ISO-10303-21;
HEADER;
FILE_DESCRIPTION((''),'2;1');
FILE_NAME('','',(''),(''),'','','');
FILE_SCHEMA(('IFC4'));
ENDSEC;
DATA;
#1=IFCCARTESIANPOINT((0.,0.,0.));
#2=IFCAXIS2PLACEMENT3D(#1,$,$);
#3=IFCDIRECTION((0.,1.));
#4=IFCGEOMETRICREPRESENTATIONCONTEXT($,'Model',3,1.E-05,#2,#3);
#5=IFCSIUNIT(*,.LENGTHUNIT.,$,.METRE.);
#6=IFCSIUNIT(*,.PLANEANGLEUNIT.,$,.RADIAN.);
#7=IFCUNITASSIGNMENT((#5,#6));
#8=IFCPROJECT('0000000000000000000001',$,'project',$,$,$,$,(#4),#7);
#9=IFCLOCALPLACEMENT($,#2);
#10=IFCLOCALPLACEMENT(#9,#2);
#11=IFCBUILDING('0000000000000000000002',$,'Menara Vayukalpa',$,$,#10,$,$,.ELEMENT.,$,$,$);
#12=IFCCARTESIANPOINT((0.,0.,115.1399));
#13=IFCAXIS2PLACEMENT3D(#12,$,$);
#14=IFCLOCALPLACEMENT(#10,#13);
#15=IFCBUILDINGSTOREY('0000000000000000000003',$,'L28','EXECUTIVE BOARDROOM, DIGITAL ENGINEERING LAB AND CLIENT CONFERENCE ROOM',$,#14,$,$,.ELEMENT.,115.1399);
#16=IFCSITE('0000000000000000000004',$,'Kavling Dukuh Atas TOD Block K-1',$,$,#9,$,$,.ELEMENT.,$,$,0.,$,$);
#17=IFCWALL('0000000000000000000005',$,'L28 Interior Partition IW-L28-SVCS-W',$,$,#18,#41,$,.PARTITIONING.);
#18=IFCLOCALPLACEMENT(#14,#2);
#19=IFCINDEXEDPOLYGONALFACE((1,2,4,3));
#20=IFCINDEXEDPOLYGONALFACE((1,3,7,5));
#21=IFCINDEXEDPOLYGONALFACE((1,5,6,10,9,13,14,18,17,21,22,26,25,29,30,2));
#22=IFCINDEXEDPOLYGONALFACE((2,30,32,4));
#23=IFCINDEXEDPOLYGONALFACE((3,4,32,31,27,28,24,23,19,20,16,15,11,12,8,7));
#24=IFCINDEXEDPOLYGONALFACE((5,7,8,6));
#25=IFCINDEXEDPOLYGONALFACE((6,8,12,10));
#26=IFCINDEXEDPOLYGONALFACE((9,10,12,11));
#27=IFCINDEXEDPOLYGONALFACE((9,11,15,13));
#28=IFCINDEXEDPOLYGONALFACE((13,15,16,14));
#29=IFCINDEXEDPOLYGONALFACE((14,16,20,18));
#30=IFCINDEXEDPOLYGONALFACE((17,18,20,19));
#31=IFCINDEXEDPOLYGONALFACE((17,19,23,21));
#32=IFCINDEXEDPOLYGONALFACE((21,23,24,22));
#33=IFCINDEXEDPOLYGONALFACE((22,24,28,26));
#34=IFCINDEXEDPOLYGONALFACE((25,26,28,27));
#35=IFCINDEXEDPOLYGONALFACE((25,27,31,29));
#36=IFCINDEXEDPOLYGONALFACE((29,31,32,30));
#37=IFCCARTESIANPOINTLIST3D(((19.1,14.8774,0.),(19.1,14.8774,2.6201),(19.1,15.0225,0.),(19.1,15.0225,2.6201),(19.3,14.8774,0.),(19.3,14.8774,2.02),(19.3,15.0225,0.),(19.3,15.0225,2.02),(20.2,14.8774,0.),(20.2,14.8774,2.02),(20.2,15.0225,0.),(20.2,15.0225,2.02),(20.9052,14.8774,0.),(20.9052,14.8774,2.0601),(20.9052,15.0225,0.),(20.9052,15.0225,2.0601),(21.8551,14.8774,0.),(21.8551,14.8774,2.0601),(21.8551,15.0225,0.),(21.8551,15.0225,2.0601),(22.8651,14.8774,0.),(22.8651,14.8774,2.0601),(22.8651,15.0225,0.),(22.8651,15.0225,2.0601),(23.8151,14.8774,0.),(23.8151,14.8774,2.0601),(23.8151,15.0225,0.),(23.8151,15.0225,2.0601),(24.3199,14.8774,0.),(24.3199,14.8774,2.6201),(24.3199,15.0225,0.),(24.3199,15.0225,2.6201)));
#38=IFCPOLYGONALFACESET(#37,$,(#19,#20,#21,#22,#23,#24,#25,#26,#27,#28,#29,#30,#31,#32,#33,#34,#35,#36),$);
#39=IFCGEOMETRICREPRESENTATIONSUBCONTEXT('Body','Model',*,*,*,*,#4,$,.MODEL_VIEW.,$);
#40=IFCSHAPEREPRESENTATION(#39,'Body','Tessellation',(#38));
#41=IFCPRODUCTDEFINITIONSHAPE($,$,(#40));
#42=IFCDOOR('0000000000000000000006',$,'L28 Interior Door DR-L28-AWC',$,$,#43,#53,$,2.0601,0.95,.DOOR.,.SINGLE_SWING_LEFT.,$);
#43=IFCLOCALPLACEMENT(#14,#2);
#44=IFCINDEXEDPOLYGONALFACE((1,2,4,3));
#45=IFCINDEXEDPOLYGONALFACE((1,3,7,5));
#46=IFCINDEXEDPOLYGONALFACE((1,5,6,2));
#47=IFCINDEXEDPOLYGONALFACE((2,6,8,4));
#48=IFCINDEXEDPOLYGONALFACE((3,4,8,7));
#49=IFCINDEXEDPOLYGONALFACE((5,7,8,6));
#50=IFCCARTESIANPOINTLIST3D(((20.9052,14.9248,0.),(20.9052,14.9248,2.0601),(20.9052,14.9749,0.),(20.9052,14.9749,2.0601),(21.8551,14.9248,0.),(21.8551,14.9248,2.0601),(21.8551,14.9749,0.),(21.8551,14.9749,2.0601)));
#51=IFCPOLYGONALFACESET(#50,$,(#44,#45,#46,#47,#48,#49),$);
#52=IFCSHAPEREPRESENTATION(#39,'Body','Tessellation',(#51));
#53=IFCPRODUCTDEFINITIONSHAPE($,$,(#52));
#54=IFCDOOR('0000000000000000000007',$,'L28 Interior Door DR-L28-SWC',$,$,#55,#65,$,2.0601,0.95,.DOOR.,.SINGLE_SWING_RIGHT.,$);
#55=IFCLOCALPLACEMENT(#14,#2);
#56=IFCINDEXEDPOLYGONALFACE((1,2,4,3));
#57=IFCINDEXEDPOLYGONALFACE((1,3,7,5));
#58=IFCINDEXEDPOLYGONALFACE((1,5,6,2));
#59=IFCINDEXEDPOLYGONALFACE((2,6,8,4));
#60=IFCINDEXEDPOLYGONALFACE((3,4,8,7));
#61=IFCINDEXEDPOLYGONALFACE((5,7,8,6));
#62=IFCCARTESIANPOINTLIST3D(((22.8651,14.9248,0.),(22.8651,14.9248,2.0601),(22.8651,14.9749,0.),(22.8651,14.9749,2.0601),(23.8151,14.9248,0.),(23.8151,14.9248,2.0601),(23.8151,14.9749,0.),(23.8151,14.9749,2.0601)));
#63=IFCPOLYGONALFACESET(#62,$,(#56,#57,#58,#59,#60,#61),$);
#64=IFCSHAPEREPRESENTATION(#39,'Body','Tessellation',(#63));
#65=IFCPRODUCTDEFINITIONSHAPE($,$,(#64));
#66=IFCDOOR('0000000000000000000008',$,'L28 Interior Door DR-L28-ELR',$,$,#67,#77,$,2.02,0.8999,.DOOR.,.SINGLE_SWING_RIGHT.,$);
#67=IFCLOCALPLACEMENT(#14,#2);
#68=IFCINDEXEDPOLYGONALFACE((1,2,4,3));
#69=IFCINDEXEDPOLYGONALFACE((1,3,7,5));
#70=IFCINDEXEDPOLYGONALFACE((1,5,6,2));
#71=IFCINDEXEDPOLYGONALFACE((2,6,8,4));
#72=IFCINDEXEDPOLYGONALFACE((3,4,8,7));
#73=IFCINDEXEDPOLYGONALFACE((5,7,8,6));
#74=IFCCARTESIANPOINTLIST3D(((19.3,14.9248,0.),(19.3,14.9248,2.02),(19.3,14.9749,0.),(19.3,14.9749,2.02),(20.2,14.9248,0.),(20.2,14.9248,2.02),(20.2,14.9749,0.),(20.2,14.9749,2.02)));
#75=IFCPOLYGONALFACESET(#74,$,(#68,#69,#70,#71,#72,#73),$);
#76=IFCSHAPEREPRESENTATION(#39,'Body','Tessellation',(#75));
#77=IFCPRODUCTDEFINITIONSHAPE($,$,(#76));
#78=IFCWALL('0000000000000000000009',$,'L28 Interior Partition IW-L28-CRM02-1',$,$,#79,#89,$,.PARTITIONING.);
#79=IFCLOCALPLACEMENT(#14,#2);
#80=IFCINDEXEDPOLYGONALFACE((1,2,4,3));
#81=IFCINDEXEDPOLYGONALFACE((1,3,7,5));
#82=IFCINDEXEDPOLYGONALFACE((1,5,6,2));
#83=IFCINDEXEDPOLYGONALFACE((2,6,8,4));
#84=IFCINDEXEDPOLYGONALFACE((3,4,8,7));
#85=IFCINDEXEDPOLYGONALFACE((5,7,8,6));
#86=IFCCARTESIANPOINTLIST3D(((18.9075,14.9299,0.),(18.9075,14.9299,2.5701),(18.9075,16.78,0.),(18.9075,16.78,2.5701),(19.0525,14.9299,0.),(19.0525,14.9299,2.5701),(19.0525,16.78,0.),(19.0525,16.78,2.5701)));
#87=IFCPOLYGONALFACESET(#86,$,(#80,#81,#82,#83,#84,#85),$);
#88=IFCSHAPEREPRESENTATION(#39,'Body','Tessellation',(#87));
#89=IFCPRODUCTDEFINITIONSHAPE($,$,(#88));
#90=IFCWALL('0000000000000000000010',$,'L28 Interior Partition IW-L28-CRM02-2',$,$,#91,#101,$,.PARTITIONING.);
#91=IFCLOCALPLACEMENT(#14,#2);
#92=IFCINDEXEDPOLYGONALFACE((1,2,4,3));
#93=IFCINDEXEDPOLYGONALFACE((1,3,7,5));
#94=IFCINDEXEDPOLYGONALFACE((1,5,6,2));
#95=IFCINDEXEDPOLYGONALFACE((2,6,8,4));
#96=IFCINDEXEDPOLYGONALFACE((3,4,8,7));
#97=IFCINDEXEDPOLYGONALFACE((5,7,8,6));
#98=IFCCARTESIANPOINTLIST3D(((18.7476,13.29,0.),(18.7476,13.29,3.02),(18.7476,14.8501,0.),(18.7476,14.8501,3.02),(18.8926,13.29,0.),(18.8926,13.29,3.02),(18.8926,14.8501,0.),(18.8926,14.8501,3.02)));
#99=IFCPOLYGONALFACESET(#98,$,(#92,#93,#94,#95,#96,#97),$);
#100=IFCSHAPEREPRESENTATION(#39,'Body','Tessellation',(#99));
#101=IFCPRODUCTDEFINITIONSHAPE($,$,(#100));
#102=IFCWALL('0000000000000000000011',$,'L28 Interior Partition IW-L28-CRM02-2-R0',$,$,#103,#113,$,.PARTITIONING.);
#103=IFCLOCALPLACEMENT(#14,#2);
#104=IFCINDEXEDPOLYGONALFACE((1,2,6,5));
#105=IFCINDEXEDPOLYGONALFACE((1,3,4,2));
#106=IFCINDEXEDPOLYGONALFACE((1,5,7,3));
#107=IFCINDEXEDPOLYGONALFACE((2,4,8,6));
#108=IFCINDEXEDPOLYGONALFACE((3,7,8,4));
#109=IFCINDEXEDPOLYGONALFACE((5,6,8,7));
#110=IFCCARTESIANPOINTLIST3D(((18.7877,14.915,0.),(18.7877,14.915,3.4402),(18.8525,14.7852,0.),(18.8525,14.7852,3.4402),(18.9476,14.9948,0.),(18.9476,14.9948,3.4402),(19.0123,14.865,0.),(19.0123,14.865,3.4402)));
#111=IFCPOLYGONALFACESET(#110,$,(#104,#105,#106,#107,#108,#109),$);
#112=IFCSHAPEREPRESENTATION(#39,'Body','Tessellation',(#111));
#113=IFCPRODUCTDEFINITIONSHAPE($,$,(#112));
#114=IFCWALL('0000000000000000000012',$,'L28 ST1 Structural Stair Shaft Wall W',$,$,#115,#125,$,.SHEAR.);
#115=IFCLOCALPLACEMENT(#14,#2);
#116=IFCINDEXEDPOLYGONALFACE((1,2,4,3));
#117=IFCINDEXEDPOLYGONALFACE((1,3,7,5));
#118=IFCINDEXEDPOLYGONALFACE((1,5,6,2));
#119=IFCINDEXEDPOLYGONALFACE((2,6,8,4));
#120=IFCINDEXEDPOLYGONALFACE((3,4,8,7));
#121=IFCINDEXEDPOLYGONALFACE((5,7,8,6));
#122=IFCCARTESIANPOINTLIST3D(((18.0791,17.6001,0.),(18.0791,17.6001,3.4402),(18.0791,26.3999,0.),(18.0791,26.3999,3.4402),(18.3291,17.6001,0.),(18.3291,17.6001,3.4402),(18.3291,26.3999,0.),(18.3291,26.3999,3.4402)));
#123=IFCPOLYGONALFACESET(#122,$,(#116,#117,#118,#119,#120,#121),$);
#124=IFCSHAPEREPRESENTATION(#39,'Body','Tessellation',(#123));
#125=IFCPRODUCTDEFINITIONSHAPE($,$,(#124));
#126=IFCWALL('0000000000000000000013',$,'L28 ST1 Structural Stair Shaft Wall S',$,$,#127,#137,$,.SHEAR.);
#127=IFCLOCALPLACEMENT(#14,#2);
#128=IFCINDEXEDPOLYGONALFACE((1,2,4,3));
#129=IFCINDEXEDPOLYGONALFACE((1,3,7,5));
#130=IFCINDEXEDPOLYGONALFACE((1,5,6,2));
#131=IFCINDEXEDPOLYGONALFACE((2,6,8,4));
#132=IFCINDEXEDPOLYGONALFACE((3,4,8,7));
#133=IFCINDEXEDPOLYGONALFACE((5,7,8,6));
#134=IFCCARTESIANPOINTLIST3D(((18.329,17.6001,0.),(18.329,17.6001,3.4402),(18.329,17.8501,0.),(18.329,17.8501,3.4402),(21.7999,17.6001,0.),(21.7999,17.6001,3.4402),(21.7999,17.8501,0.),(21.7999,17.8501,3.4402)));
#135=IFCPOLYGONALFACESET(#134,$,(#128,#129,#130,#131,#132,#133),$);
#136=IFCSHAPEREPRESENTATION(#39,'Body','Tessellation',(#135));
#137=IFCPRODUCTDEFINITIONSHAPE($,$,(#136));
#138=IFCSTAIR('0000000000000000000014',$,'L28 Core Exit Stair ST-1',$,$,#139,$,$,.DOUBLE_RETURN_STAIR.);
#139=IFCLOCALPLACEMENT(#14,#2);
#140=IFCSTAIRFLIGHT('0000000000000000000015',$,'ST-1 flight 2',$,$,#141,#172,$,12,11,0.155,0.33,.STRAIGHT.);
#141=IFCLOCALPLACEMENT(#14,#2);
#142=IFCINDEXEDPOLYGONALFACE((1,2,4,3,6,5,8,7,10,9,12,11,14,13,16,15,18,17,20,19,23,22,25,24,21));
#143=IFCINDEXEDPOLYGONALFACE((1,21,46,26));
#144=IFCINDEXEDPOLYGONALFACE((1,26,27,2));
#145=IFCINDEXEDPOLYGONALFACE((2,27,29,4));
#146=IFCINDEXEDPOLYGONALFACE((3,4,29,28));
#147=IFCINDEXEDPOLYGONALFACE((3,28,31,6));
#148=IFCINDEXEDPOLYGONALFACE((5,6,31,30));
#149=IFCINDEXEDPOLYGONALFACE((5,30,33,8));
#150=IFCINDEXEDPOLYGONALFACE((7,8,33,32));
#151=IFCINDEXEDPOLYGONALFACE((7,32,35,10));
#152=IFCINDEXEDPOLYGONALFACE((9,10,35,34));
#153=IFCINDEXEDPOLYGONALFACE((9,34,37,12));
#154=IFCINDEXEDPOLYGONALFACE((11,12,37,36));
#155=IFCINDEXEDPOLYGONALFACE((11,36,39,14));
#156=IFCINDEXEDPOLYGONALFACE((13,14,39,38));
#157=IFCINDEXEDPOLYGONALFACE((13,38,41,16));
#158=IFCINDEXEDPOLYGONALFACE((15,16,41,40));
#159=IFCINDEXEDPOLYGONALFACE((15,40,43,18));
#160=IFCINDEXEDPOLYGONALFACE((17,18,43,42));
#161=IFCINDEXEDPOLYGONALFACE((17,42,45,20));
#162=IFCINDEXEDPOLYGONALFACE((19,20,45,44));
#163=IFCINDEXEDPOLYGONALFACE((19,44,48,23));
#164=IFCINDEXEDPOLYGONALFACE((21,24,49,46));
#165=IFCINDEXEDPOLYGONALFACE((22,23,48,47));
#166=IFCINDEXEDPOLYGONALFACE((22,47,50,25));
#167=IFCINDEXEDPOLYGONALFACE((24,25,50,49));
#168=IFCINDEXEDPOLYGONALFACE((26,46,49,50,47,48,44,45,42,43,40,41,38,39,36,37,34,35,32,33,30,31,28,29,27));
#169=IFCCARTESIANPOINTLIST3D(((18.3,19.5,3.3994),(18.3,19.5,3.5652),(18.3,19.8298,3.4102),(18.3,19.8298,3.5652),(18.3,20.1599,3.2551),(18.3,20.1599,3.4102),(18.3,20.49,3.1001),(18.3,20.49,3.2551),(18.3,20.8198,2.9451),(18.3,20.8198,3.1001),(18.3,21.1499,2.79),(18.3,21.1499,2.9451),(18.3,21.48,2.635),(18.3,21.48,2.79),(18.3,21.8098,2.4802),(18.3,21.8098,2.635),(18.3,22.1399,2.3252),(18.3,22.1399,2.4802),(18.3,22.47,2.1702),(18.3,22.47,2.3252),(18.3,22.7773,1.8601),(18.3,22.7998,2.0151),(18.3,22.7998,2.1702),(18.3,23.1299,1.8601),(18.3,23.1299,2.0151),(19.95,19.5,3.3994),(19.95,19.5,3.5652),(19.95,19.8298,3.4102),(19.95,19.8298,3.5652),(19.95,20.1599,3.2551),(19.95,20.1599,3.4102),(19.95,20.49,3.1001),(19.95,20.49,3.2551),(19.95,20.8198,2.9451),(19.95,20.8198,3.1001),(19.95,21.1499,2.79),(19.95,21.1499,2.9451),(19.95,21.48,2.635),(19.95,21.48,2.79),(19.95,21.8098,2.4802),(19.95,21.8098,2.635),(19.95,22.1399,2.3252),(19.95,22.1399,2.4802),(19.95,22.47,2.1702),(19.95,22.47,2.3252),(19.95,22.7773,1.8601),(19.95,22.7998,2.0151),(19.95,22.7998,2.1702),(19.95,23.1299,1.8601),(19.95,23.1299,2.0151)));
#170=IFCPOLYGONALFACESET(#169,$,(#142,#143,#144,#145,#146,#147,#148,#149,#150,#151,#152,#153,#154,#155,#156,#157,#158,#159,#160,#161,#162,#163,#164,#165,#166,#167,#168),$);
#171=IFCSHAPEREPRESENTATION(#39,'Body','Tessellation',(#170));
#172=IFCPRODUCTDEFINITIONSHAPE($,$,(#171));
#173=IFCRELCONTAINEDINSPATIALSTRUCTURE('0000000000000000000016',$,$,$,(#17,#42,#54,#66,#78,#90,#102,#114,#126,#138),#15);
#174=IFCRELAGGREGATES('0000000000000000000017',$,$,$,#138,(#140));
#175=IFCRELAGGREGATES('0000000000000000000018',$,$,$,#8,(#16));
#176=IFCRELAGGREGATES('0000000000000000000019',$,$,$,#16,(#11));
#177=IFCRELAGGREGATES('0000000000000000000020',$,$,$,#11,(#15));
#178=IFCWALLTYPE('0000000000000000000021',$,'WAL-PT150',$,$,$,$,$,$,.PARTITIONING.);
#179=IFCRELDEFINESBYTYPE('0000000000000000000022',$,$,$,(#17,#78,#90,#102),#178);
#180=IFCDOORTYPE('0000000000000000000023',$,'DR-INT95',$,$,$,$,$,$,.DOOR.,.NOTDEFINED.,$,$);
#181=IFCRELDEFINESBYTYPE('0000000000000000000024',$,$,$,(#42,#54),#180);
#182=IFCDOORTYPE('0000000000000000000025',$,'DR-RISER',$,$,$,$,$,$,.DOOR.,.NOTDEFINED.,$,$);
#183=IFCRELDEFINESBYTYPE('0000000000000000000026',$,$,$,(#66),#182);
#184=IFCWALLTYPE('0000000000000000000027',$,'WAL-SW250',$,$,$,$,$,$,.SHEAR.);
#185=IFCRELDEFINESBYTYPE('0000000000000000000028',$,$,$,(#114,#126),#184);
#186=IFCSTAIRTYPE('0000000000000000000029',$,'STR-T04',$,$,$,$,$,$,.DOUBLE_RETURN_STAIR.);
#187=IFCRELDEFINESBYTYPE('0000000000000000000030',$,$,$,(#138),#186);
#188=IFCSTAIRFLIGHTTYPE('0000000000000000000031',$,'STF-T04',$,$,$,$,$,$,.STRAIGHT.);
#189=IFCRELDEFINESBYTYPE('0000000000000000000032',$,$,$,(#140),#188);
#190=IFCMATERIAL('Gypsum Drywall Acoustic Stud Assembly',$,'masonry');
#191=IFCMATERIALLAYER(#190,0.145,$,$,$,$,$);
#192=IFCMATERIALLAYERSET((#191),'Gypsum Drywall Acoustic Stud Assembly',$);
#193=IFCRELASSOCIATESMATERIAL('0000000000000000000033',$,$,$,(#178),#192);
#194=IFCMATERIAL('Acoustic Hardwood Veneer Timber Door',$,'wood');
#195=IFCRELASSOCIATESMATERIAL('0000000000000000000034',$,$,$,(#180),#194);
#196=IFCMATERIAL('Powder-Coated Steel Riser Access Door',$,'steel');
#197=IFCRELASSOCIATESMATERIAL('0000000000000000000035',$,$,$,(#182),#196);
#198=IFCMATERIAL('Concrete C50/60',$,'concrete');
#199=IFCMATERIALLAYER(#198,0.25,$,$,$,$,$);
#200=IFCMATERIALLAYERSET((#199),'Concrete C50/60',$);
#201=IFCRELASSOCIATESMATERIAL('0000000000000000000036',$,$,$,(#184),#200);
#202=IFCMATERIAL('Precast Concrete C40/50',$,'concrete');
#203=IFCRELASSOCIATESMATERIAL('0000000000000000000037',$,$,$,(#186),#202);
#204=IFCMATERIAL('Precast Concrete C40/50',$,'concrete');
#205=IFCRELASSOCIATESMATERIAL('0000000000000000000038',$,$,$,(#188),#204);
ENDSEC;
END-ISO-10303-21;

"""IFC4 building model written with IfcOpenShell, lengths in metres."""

from ifc_helpers import new_model, si_unit, direction, frame, frame_2d, origin, place, context, subcontext, project, spatial, polyline, rectangle, outline, extrude, material, layer, layer_set, type_object, element, fill, aggregate, save


model = new_model("IFC4")

# Units and contexts
model_context = context("Model", 3, precision=1e-05, world=origin(), true_north=direction((0.0, 1.0)))
body_context = subcontext(model_context, "Body", "Model", "MODEL_VIEW")
ifc_project = project(units=[si_unit("LENGTHUNIT", "METRE"), si_unit("PLANEANGLEUNIT", "RADIAN")], contexts=[model_context])

# Site, building, storey
site_placement = place(None, origin())
site = spatial("IfcSite", under=ifc_project, at=site_placement, Name="Kavling Dukuh Atas TOD Block K-1", CompositionType="ELEMENT", RefElevation=0.0)
building_placement = place(site_placement, origin())
building = spatial("IfcBuilding", under=site, at=building_placement, Name="Menara Vayukalpa", CompositionType="ELEMENT")
storey_placement = place(building_placement, frame((0.0, 0.0, 115.1399)))
storey = spatial("IfcBuildingStorey", under=building, at=storey_placement, Name="L28", Description="EXECUTIVE BOARDROOM, DIGITAL ENGINEERING LAB AND CLIENT CONFERENCE ROOM", CompositionType="ELEMENT", Elevation=115.1399)

# Wall, openings, doors
ifc_material_1 = material(Name="Gypsum Drywall Acoustic Stud Assembly", Category="masonry")
ifc_layer_1 = layer(ifc_material_1, 0.145)
ifc_layer_set_1 = layer_set([ifc_layer_1], Name="Gypsum Drywall Acoustic Stud Assembly")
wall_type_1 = type_object("IfcWallType", Name="WAL-PT150", PredefinedType="PARTITIONING", material=ifc_layer_set_1)
wall_1_placement = place(storey_placement, frame((19.1001, 14.95, 0.0), z_axis=(0.0, 0.0, 1.0), x_axis=(1.0, 0.0, 0.0)))
wall_1 = element("IfcWall", 1, at=wall_1_placement, inside=storey, type_object=wall_type_1, Name="L28 Interior Partition IW-L28-SVCS-W", PredefinedType="PARTITIONING", context=body_context, shape_type="SweptSolid", body=[
    extrude(rectangle(XDim=5.22, YDim=0.145, at=frame_2d((2.6099, 0.0))), origin(), (0.0, 0.0, 1.0), 2.6201),
])
opening_1_placement = place(wall_1_placement, frame((0.2, 0.0, 0.0)))
opening_1 = element("IfcOpeningElement", 2, at=opening_1_placement, cuts=wall_1, PredefinedType="OPENING", context=body_context, shape_type="SweptSolid", body=[
    extrude(rectangle(XDim=0.8999, YDim=2.02, at=frame_2d((0.45, 1.01))), frame((0.0, 0.0825, 0.0), z_axis=(0.0, -1.0, 0.0), x_axis=(1.0, 0.0, 0.0)), (0.0, 0.0, 1.0), 0.165),
])
opening_2_placement = place(wall_1_placement, frame((1.8049, 0.0, 0.0)))
opening_2 = element("IfcOpeningElement", 3, at=opening_2_placement, cuts=wall_1, PredefinedType="OPENING", context=body_context, shape_type="SweptSolid", body=[
    extrude(rectangle(XDim=0.95, YDim=2.0601, at=frame_2d((0.4751, 1.03))), frame((0.0, 0.0825, 0.0), z_axis=(0.0, -1.0, 0.0), x_axis=(1.0, 0.0, 0.0)), (0.0, 0.0, 1.0), 0.165),
])
opening_3_placement = place(wall_1_placement, frame((3.7649, 0.0, 0.0)))
opening_3 = element("IfcOpeningElement", 4, at=opening_3_placement, cuts=wall_1, PredefinedType="OPENING", context=body_context, shape_type="SweptSolid", body=[
    extrude(rectangle(XDim=0.95, YDim=2.0601, at=frame_2d((0.4751, 1.03))), frame((0.0, 0.0825, 0.0), z_axis=(0.0, -1.0, 0.0), x_axis=(1.0, 0.0, 0.0)), (0.0, 0.0, 1.0), 0.165),
])
ifc_material_2 = material(Name="Acoustic Hardwood Veneer Timber Door", Category="wood")
door_type_1 = type_object("IfcDoorType", Name="DR-INT95", OperationType="NOTDEFINED", PredefinedType="DOOR", material=ifc_material_2)
door_1_placement = place(opening_2_placement, origin())
door_1 = element("IfcDoor", 5, at=door_1_placement, inside=storey, type_object=door_type_1, Name="L28 Interior Door DR-L28-AWC", OperationType="SINGLE_SWING_LEFT", OverallHeight=2.0601, OverallWidth=0.95, PredefinedType="DOOR", context=body_context, shape_type="SweptSolid", body=[
    extrude(rectangle(XDim=0.95, YDim=2.0601, at=frame_2d((0.4751, 1.03))), frame((0.0, 0.0249, 0.0), z_axis=(0.0, -1.0, 0.0), x_axis=(1.0, 0.0, 0.0)), (0.0, 0.0, 1.0), 0.05),
])
fill(opening_2, door_1)
door_2_placement = place(opening_3_placement, origin())
door_2 = element("IfcDoor", 6, at=door_2_placement, inside=storey, type_object=door_type_1, Name="L28 Interior Door DR-L28-SWC", OperationType="SINGLE_SWING_RIGHT", OverallHeight=2.0601, OverallWidth=0.95, PredefinedType="DOOR", context=body_context, shape_type="SweptSolid", body=[
    extrude(rectangle(XDim=0.95, YDim=2.0601, at=frame_2d((0.4751, 1.03))), frame((0.0, 0.0249, 0.0), z_axis=(0.0, -1.0, 0.0), x_axis=(1.0, 0.0, 0.0)), (0.0, 0.0, 1.0), 0.05),
])
fill(opening_3, door_2)
ifc_material_3 = material(Name="Powder-Coated Steel Riser Access Door", Category="steel")
door_type_2 = type_object("IfcDoorType", Name="DR-RISER", OperationType="NOTDEFINED", PredefinedType="DOOR", material=ifc_material_3)
door_3_placement = place(opening_1_placement, origin())
door_3 = element("IfcDoor", 7, at=door_3_placement, inside=storey, type_object=door_type_2, Name="L28 Interior Door DR-L28-ELR", OperationType="SINGLE_SWING_RIGHT", OverallHeight=2.02, OverallWidth=0.8999, PredefinedType="DOOR", context=body_context, shape_type="SweptSolid", body=[
    extrude(rectangle(XDim=0.8999, YDim=2.02, at=frame_2d((0.45, 1.01))), frame((0.0, 0.0249, 0.0), z_axis=(0.0, -1.0, 0.0), x_axis=(1.0, 0.0, 0.0)), (0.0, 0.0, 1.0), 0.05),
])
fill(opening_1, door_3)

# Walls
wall_2_placement = place(storey_placement, frame((18.98, 16.78, 0.0), z_axis=(0.0, 0.0, 1.0), x_axis=(0.0, -1.0, 0.0)))
element("IfcWall", 8, at=wall_2_placement, inside=storey, type_object=wall_type_1, Name="L28 Interior Partition IW-L28-CRM02-1", PredefinedType="PARTITIONING", context=body_context, shape_type="SweptSolid", body=[
    extrude(rectangle(XDim=1.8501, YDim=0.145, at=frame_2d((0.925, 0.0))), origin(), (0.0, 0.0, 1.0), 2.5701),
])
wall_3_placement = place(storey_placement, frame((18.8201, 14.8501, 0.0), z_axis=(0.0, 0.0, 1.0), x_axis=(0.0, -1.0, 0.0)))
element("IfcWall", 9, at=wall_3_placement, inside=storey, type_object=wall_type_1, Name="L28 Interior Partition IW-L28-CRM02-2", PredefinedType="PARTITIONING", context=body_context, shape_type="SweptSolid", body=[
    extrude(rectangle(XDim=1.5601, YDim=0.145, at=frame_2d((0.78, 0.0))), origin(), (0.0, 0.0, 1.0), 3.02),
])
wall_4_placement = place(storey_placement, frame((18.8201, 14.8501, 0.0), z_axis=(0.0, 0.0, 1.0), x_axis=(0.8947, 0.446667, 0.0)))
element("IfcWall", 10, at=wall_4_placement, inside=storey, type_object=wall_type_1, Name="L28 Interior Partition IW-L28-CRM02-2-R0", PredefinedType="PARTITIONING", context=body_context, shape_type="SweptSolid", body=[
    extrude(rectangle(XDim=0.1787, YDim=0.145, at=frame_2d((0.0894, 0.0))), origin(), (0.0, 0.0, 1.0), 3.4402),
])
ifc_material_4 = material(Name="Concrete C50/60", Category="concrete")
ifc_layer_2 = layer(ifc_material_4, 0.25)
ifc_layer_set_2 = layer_set([ifc_layer_2], Name="Concrete C50/60")
wall_type_2 = type_object("IfcWallType", Name="WAL-SW250", PredefinedType="SHEAR", material=ifc_layer_set_2)
wall_5_placement = place(storey_placement, frame((18.2041, 17.6001, 0.0), z_axis=(0.0, 0.0, 1.0), x_axis=(0.0, 1.0, 0.0)))
element("IfcWall", 11, at=wall_5_placement, inside=storey, type_object=wall_type_2, Name="L28 ST1 Structural Stair Shaft Wall W", PredefinedType="SHEAR", context=body_context, shape_type="SweptSolid", body=[
    extrude(rectangle(XDim=8.7998, YDim=0.25, at=frame_2d((4.3999, 0.0))), origin(), (0.0, 0.0, 1.0), 3.4402),
])
wall_6_placement = place(storey_placement, frame((18.3291, 17.7251, 0.0), z_axis=(0.0, 0.0, 1.0), x_axis=(1.0, 0.0, 0.0)))
element("IfcWall", 12, at=wall_6_placement, inside=storey, type_object=wall_type_2, Name="L28 ST1 Structural Stair Shaft Wall S", PredefinedType="SHEAR", context=body_context, shape_type="SweptSolid", body=[
    extrude(rectangle(XDim=3.4709, YDim=0.25, at=frame_2d((1.7354, 0.0))), origin(), (0.0, 0.0, 1.0), 3.4402),
])

# Stair, stair flight
ifc_material_5 = material(Name="Precast Concrete C40/50", Category="concrete")
stair_type = type_object("IfcStairType", Name="STR-T04", PredefinedType="DOUBLE_RETURN_STAIR", material=ifc_material_5)
stair_placement = place(storey_placement, origin())
stair = element("IfcStair", 13, at=stair_placement, inside=storey, type_object=stair_type, Name="L28 Core Exit Stair ST-1", PredefinedType="DOUBLE_RETURN_STAIR")
ifc_material_6 = material(Name="Precast Concrete C40/50", Category="concrete")
stair_flight_type = type_object("IfcStairFlightType", Name="STF-T04", PredefinedType="STRAIGHT", material=ifc_material_6)
stair_flight_placement = place(storey_placement, frame((19.125, 23.1299, 1.8601), z_axis=(0.0, 0.0, 1.0), x_axis=(0.0, -1.0, 0.0)))
stair_flight = element("IfcStairFlight", 14, at=stair_flight_placement, type_object=stair_flight_type, Name="ST-1 flight 2", NumberOfRisers=12, NumberOfTreads=11, PredefinedType="STRAIGHT", RiserHeight=0.155, TreadLength=0.33, context=body_context, shape_type="SweptSolid", body=[
    extrude(outline(polyline([(0.0, 0.0), (0.0, 0.155), (0.3301, 0.155), (0.3301, 0.3101), (0.6599, 0.3101), (0.6599, 0.4651), (0.99, 0.4651), (0.99, 0.6201), (1.3201, 0.6201), (1.3201, 0.7749), (1.6499, 0.7749), (1.6499, 0.9299), (1.98, 0.9299), (1.98, 1.085), (2.3101, 1.085), (2.3101, 1.24), (2.6399, 1.24), (2.6399, 1.395), (2.97, 1.395), (2.97, 1.55), (3.3, 1.55), (3.3, 1.7051), (3.6299, 1.7051), (3.6299, 1.8601), (3.6299, 1.5393), (0.3525, 0.0), (0.0, 0.0)])), frame((0.0, 0.825, 0.0), z_axis=(0.0, -1.0, 0.0), x_axis=(1.0, 0.0, 0.0)), (0.0, 0.0, 1.0), 1.6499),
])
aggregate(stair, [stair_flight])

save(model, "model.ifc")
